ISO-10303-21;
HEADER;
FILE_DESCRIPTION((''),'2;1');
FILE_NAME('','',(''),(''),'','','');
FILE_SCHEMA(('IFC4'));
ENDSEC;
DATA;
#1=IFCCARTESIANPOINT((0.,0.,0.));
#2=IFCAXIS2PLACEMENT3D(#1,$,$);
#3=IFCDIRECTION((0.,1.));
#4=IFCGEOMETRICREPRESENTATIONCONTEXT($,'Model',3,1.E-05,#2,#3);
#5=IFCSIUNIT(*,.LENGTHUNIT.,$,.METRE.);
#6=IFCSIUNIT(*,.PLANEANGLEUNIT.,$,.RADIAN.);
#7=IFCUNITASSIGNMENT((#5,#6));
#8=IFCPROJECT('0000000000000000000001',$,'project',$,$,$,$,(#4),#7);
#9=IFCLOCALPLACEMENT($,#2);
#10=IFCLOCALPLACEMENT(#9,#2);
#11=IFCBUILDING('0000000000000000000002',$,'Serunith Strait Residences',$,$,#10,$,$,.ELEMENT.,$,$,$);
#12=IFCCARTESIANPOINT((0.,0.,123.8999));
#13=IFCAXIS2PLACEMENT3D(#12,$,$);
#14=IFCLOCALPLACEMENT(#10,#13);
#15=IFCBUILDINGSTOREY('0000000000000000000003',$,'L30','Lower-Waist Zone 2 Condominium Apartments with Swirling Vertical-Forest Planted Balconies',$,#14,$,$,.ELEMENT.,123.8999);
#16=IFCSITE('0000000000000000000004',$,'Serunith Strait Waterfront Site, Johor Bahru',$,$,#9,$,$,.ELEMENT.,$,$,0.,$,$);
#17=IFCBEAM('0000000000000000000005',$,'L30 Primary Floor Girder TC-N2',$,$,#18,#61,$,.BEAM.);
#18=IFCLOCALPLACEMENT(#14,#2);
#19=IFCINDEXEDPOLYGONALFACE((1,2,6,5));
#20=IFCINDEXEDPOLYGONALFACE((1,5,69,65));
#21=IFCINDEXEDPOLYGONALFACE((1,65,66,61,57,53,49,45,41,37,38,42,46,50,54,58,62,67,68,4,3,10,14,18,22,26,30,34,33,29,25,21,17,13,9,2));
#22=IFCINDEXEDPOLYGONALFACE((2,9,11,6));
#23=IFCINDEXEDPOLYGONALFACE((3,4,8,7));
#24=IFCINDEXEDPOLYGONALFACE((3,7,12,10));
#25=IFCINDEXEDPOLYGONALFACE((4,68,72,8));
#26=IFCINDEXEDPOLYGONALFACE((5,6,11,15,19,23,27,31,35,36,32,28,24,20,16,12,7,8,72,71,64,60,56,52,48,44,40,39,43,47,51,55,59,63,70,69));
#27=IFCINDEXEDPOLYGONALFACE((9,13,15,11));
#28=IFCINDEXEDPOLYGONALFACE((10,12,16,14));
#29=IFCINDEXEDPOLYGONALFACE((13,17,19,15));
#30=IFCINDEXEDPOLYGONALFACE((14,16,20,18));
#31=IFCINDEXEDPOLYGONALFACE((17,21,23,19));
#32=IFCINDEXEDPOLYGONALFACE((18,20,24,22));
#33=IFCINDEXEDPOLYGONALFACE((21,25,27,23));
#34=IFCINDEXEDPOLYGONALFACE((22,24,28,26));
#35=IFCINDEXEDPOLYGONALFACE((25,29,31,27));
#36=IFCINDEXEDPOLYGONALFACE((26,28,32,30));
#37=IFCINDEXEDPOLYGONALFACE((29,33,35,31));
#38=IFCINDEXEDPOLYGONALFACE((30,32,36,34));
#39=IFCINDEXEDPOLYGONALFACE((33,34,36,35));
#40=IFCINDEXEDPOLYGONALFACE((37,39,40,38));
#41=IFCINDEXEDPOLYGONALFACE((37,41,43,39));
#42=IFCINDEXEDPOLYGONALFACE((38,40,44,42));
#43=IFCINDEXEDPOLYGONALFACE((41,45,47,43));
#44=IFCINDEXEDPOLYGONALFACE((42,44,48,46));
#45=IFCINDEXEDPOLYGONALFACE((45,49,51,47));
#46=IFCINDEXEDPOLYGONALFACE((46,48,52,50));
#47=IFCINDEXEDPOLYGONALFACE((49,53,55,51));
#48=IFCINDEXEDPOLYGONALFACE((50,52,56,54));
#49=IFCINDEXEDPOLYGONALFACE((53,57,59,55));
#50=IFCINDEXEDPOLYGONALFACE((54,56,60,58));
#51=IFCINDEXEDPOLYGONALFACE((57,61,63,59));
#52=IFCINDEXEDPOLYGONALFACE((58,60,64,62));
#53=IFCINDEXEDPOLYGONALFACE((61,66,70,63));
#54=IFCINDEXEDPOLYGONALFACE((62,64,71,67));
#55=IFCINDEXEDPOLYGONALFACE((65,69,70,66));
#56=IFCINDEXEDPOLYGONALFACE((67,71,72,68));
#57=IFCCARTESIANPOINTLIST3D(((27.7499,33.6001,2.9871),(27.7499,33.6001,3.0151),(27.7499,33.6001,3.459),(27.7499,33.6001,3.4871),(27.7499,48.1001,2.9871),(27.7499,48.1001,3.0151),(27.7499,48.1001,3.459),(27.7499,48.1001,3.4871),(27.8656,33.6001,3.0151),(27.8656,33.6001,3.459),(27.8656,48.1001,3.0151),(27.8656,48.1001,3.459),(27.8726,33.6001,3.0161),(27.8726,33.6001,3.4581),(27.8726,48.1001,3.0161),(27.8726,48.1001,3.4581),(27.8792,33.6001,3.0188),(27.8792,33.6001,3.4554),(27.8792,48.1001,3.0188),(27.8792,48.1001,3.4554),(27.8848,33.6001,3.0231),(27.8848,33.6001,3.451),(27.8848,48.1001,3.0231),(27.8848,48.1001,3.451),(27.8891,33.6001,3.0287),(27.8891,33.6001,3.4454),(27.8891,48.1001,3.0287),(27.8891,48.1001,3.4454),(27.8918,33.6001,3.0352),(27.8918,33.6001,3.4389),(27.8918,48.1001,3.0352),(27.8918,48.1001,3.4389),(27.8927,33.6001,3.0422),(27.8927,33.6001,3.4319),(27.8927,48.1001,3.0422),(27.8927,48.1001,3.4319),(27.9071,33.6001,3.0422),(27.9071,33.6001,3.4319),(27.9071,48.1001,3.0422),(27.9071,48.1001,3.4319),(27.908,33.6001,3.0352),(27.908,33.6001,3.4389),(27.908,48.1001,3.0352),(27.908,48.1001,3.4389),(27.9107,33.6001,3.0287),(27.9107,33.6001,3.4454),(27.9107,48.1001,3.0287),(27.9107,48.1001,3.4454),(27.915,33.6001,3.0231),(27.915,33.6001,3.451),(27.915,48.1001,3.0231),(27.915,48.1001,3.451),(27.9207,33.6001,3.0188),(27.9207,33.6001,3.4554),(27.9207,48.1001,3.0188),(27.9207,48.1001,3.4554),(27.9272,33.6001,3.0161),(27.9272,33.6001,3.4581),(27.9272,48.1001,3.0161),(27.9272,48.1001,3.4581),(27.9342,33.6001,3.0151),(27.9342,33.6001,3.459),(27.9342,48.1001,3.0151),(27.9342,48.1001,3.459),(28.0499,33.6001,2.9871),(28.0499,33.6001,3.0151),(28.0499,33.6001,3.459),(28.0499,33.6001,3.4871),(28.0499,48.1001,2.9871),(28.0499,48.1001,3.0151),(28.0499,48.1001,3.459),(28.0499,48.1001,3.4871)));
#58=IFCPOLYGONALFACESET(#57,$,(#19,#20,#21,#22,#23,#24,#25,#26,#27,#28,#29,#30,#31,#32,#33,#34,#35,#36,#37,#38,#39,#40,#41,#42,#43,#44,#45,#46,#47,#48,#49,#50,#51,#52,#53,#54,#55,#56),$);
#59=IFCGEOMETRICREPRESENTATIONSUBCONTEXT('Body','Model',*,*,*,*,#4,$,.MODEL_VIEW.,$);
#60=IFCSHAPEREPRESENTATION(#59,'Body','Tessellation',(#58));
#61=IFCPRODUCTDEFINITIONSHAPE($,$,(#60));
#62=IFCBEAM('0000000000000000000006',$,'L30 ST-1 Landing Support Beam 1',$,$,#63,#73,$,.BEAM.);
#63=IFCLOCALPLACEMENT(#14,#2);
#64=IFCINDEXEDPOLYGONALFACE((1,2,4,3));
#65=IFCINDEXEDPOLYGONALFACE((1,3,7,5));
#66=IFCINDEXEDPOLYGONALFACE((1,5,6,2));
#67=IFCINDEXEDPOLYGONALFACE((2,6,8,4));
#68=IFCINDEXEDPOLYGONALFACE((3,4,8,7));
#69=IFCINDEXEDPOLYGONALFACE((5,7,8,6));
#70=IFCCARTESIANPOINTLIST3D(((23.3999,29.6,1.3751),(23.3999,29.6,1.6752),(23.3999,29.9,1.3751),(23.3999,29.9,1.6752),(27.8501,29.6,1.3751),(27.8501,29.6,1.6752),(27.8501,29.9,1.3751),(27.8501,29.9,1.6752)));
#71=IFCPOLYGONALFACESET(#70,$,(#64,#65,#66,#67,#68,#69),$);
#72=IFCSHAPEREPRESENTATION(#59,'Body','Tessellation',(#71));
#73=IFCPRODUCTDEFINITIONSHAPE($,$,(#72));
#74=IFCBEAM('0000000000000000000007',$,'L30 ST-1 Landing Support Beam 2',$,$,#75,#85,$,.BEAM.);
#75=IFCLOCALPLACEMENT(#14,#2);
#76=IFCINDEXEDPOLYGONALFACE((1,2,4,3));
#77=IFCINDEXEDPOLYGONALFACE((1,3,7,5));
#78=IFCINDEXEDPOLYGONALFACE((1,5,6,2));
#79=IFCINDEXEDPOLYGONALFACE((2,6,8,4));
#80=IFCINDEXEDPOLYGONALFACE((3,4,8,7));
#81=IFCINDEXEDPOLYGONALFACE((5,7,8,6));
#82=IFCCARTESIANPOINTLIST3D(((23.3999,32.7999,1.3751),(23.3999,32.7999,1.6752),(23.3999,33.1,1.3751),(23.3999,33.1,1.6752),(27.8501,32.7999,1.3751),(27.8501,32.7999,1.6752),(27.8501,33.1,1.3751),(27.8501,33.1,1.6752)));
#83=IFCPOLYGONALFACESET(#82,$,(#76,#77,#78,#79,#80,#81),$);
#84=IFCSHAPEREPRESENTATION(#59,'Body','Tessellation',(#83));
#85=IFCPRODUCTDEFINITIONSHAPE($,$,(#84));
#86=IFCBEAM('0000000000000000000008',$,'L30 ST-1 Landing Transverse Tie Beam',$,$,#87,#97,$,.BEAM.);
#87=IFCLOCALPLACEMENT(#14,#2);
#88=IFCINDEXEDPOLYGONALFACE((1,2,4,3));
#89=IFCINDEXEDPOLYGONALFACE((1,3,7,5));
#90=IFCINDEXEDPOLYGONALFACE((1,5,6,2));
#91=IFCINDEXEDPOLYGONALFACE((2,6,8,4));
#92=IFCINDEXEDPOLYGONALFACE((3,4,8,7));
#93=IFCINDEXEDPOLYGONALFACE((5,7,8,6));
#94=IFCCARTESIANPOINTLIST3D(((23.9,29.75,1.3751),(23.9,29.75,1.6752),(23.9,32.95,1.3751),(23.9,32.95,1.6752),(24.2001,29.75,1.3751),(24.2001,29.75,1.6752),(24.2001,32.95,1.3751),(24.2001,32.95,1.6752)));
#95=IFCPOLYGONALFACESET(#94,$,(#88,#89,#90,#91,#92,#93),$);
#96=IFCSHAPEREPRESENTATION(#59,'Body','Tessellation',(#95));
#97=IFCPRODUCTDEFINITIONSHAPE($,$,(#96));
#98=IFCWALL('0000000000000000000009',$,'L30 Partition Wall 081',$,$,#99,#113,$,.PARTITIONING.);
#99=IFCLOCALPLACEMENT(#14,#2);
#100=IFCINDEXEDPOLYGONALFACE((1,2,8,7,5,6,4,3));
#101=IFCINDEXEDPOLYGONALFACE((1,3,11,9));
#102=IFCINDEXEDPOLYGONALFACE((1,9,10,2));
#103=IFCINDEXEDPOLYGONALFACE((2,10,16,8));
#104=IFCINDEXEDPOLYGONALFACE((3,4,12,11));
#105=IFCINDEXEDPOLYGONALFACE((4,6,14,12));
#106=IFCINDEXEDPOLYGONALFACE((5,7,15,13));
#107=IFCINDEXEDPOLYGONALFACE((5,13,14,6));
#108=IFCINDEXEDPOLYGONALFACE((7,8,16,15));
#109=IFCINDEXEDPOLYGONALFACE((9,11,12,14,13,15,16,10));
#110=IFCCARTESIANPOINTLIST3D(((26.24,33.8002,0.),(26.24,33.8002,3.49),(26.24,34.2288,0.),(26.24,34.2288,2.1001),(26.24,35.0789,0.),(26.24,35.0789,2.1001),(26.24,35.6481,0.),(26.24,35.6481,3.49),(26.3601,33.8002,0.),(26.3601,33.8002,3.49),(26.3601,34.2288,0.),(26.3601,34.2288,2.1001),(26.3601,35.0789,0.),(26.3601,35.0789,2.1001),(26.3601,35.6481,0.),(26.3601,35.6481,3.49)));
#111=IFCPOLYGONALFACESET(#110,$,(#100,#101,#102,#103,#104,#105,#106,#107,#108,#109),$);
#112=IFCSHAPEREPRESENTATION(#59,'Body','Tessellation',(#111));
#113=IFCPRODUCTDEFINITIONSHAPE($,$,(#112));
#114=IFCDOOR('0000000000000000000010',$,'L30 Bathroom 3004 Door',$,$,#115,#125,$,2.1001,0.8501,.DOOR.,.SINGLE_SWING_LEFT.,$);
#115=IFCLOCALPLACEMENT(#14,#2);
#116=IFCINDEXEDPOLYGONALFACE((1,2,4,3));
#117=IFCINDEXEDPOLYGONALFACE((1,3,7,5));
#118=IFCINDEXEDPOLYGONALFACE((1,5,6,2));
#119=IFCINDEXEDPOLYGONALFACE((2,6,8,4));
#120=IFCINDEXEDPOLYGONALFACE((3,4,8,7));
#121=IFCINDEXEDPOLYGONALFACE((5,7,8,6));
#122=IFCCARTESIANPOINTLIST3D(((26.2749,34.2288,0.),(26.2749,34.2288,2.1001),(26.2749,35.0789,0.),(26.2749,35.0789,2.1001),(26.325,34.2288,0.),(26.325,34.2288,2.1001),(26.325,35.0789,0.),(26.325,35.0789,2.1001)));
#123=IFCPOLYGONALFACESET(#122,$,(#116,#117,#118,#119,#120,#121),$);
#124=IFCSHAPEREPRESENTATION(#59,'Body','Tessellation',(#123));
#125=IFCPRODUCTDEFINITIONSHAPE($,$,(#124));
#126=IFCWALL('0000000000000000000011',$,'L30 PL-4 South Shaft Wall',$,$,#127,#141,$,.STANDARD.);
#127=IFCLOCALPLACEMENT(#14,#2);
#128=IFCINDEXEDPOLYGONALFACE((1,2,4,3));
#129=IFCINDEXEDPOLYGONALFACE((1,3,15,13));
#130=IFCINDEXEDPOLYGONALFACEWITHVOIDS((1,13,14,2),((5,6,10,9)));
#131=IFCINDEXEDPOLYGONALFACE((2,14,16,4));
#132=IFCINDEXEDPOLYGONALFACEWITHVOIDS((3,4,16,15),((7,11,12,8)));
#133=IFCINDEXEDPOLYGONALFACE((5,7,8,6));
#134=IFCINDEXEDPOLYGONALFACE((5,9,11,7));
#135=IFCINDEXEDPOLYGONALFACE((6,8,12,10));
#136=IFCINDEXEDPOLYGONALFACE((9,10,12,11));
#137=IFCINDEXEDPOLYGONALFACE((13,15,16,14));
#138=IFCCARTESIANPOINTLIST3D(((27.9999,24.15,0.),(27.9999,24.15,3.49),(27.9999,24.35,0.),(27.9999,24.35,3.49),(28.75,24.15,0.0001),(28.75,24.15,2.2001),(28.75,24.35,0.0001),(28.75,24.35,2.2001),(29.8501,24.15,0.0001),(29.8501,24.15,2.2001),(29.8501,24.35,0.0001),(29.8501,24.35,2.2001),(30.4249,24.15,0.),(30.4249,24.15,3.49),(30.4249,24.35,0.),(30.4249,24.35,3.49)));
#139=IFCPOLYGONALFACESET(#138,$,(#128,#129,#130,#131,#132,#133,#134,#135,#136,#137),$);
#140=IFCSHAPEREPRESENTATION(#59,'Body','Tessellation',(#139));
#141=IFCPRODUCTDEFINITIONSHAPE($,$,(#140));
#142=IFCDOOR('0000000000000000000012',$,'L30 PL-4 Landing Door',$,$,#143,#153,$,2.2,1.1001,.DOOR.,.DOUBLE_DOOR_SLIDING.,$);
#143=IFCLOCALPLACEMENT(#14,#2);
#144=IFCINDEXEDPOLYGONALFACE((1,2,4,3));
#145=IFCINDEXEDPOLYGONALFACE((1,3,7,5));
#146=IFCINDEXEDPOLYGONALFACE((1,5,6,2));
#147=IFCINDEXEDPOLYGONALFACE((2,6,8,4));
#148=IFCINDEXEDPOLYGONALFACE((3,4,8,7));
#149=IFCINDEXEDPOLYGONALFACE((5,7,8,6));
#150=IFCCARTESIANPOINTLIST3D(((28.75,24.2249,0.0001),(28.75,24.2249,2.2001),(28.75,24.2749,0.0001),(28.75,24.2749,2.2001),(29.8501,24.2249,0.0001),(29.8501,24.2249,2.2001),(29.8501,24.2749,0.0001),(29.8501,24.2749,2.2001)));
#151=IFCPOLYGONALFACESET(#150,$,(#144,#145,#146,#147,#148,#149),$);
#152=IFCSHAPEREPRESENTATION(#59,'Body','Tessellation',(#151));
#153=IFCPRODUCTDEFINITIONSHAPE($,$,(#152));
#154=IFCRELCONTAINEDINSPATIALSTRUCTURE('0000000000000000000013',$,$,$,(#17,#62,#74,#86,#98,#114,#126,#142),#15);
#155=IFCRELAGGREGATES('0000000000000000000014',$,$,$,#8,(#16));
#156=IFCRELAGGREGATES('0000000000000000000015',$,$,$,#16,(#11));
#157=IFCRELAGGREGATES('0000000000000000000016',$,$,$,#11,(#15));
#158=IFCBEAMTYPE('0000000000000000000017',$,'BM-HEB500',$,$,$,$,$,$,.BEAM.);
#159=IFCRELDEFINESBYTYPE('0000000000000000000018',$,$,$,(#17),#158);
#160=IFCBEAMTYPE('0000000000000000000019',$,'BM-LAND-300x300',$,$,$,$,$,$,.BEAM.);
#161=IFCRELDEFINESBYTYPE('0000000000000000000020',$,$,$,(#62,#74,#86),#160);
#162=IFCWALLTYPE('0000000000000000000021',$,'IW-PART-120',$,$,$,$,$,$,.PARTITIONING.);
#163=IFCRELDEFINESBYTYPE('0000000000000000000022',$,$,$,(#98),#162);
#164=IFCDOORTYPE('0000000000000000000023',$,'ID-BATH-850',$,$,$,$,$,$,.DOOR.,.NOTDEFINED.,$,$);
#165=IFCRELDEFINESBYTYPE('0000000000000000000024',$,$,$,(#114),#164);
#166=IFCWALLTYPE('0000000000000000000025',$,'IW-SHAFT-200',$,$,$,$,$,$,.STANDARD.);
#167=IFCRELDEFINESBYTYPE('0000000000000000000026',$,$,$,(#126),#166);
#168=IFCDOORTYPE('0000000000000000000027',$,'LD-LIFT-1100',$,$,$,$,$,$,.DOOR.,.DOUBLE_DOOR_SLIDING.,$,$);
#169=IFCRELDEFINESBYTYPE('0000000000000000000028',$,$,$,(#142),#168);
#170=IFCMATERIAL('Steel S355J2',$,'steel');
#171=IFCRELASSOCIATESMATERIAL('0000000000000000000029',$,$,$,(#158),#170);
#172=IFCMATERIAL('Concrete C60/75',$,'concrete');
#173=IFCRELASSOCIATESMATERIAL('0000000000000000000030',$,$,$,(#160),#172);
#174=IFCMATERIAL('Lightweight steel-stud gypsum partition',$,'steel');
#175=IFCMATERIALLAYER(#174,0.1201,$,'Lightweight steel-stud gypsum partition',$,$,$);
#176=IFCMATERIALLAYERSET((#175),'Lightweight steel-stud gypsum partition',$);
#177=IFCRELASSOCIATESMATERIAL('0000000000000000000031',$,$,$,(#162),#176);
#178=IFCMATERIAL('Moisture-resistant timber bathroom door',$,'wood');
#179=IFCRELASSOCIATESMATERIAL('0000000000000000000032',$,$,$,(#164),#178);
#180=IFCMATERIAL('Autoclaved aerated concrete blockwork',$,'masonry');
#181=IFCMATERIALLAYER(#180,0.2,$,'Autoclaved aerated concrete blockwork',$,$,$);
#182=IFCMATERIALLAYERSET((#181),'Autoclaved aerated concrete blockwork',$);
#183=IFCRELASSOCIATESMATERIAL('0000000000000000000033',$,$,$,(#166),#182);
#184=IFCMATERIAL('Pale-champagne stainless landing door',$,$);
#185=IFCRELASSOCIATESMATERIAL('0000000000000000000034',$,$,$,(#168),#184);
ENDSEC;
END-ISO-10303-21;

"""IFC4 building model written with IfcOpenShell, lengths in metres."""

from ifc_helpers import new_model, si_unit, direction, frame, frame_2d, origin, origin_2d, place, context, subcontext, project, spatial, rectangle, i_section, extrude, source, transform, mapped, material, layer, layer_set, material_profile, profile_set, type_object, element, fill, save


model = new_model("IFC4")

# Units and contexts
model_context = context("Model", 3, precision=1e-05, world=origin(), true_north=direction((0.0, 1.0)))
body_context = subcontext(model_context, "Body", "Model", "MODEL_VIEW")
ifc_project = project(units=[si_unit("LENGTHUNIT", "METRE"), si_unit("PLANEANGLEUNIT", "RADIAN")], contexts=[model_context])

# Site, building, storey
site_placement = place(None, origin())
site = spatial("IfcSite", under=ifc_project, at=site_placement, Name="Serunith Strait Waterfront Site, Johor Bahru", CompositionType="ELEMENT", RefElevation=0.0)
building_placement = place(site_placement, origin())
building = spatial("IfcBuilding", under=site, at=building_placement, Name="Serunith Strait Residences", CompositionType="ELEMENT")
storey_placement = place(building_placement, frame((0.0, 0.0, 123.8999)))
storey = spatial("IfcBuildingStorey", under=building, at=storey_placement, Name="L30", Description="Lower-Waist Zone 2 Condominium Apartments with Swirling Vertical-Forest Planted Balconies", CompositionType="ELEMENT", Elevation=123.8999)

# Beams
ifc_material_1 = material(Name="Steel S355J2", Category="steel")
ifc_material_profile_1 = material_profile(ifc_material_1, i_section(OverallWidth=0.3, OverallDepth=0.5, WebThickness=0.0144, FlangeThickness=0.0281, FilletRadius=0.0271, at=origin_2d()), Name="HEB 500")
ifc_profile_set_1 = profile_set([ifc_material_profile_1], Name="Steel S355J2")
beam_type_1 = type_object("IfcBeamType", Name="BM-HEB500", PredefinedType="BEAM", material=ifc_profile_set_1)
shared_shape_1 = source(origin(), body_context, "Body", "SweptSolid", [
    extrude(i_section(OverallWidth=0.3, OverallDepth=0.5, WebThickness=0.0144, FlangeThickness=0.0281, FilletRadius=0.0271, at=origin_2d()), origin(), (0.0, 0.0, 1.0), 14.5),
])
beam_1_placement = place(storey_placement, frame((27.8999, 33.6001, 3.2371), z_axis=(0.0, 1.0, 0.0), x_axis=(-1.0, 0.0, 0.0)))
element("IfcBeam", 1, at=beam_1_placement, inside=storey, type_object=beam_type_1, Name="L30 Primary Floor Girder TC-N2", PredefinedType="BEAM", context=body_context, shape_type="MappedRepresentation", body=[
    mapped(shared_shape_1, transform((0.0, 0.0, 0.0), scale=1.0)),
])
ifc_material_2 = material(Name="Concrete C60/75", Category="concrete")
ifc_material_profile_2 = material_profile(ifc_material_2, rectangle(XDim=0.3, YDim=0.3, at=origin_2d()), Name="RC 300x300")
ifc_profile_set_2 = profile_set([ifc_material_profile_2], Name="Concrete C60/75")
beam_type_2 = type_object("IfcBeamType", Name="BM-LAND-300x300", PredefinedType="BEAM", material=ifc_profile_set_2)
shared_shape_2 = source(origin(), body_context, "Body", "SweptSolid", [
    extrude(rectangle(XDim=0.3, YDim=0.3, at=origin_2d()), origin(), (0.0, 0.0, 1.0), 4.4502),
])
for number, where, z_axis, x_axis, name in (
    (2, (23.3999, 29.75, 1.5251), (1.0, 0.0, 0.0), (0.0, 1.0, 0.0), "L30 ST-1 Landing Support Beam 1"),
    (3, (23.3999, 32.95, 1.5251), (1.0, 0.0, 0.0), (0.0, 1.0, 0.0), "L30 ST-1 Landing Support Beam 2"),
):
    element("IfcBeam", number, at=place(storey_placement, frame(where, z_axis=z_axis, x_axis=x_axis)), inside=storey, type_object=beam_type_2, Name=name, PredefinedType="BEAM", context=body_context, shape_type="MappedRepresentation", body=[
        mapped(shared_shape_2, transform((0.0, 0.0, 0.0), scale=1.0)),
    ])
shared_shape_3 = source(origin(), body_context, "Body", "SweptSolid", [
    extrude(rectangle(XDim=0.3, YDim=0.3, at=origin_2d()), origin(), (0.0, 0.0, 1.0), 3.2),
])
beam_2_placement = place(storey_placement, frame((24.05, 29.75, 1.5251), z_axis=(0.0, 1.0, 0.0), x_axis=(-1.0, 0.0, 0.0)))
element("IfcBeam", 4, at=beam_2_placement, inside=storey, type_object=beam_type_2, Name="L30 ST-1 Landing Transverse Tie Beam", PredefinedType="BEAM", context=body_context, shape_type="MappedRepresentation", body=[
    mapped(shared_shape_3, transform((0.0, 0.0, 0.0), scale=1.0)),
])

# Walls, openings, doors
ifc_material_3 = material(Name="Lightweight steel-stud gypsum partition", Category="steel")
ifc_layer_1 = layer(ifc_material_3, 0.1201, Name="Lightweight steel-stud gypsum partition")
ifc_layer_set_1 = layer_set([ifc_layer_1], Name="Lightweight steel-stud gypsum partition")
wall_type_1 = type_object("IfcWallType", Name="IW-PART-120", PredefinedType="PARTITIONING", material=ifc_layer_set_1)
wall_1_placement = place(storey_placement, frame((26.3, 35.6479, 0.0), z_axis=(0.0, 0.0, 1.0), x_axis=(0.0, -1.0, 0.0)))
wall_1 = element("IfcWall", 5, at=wall_1_placement, inside=storey, type_object=wall_type_1, Name="L30 Partition Wall 081", PredefinedType="PARTITIONING", context=body_context, shape_type="SweptSolid", body=[
    extrude(rectangle(XDim=1.8479, YDim=0.1201, at=frame_2d((0.9238, 0.0))), origin(), (0.0, 0.0, 1.0), 3.49),
])
opening_1_placement = place(wall_1_placement, frame((0.5691, 0.0, 0.0)))
opening_1 = element("IfcOpeningElement", 6, at=opening_1_placement, cuts=wall_1, PredefinedType="OPENING", context=body_context, shape_type="SweptSolid", body=[
    extrude(rectangle(XDim=0.8501, YDim=2.1001, at=frame_2d((0.425, 1.05))), frame((0.0, 0.0701, 0.0), z_axis=(0.0, -1.0, 0.0), x_axis=(1.0, 0.0, 0.0)), (0.0, 0.0, 1.0), 0.1401),
])
ifc_material_4 = material(Name="Moisture-resistant timber bathroom door", Category="wood")
door_type_1 = type_object("IfcDoorType", Name="ID-BATH-850", OperationType="NOTDEFINED", PredefinedType="DOOR", material=ifc_material_4)
shared_shape_4 = source(origin(), body_context, "Body", "SweptSolid", [
    extrude(rectangle(XDim=0.8501, YDim=2.1001, at=frame_2d((0.425, 1.05))), frame((0.0, 0.0249, 0.0), z_axis=(0.0, -1.0, 0.0), x_axis=(1.0, 0.0, 0.0)), (0.0, 0.0, 1.0), 0.05),
])
door_1_placement = place(opening_1_placement, origin())
door_1 = element("IfcDoor", 7, at=door_1_placement, inside=storey, type_object=door_type_1, Name="L30 Bathroom 3004 Door", OperationType="SINGLE_SWING_LEFT", OverallHeight=2.1001, OverallWidth=0.8501, PredefinedType="DOOR", context=body_context, shape_type="MappedRepresentation", body=[
    mapped(shared_shape_4, transform((0.0, 0.0, 0.0), scale=1.0)),
])
fill(opening_1, door_1)
ifc_material_5 = material(Name="Autoclaved aerated concrete blockwork", Category="masonry")
ifc_layer_2 = layer(ifc_material_5, 0.2, Name="Autoclaved aerated concrete blockwork")
ifc_layer_set_2 = layer_set([ifc_layer_2], Name="Autoclaved aerated concrete blockwork")
wall_type_2 = type_object("IfcWallType", Name="IW-SHAFT-200", PredefinedType="STANDARD", material=ifc_layer_set_2)
wall_2_placement = place(storey_placement, frame((28.0, 24.25, 0.0), z_axis=(0.0, 0.0, 1.0), x_axis=(1.0, 0.0, 0.0)))
wall_2 = element("IfcWall", 8, at=wall_2_placement, inside=storey, type_object=wall_type_2, Name="L30 PL-4 South Shaft Wall", PredefinedType="STANDARD", context=body_context, shape_type="SweptSolid", body=[
    extrude(rectangle(XDim=2.425, YDim=0.2, at=frame_2d((1.2124, 0.0))), origin(), (0.0, 0.0, 1.0), 3.49),
])
opening_2_placement = place(wall_2_placement, frame((0.75, 0.0, 0.0)))
opening_2 = element("IfcOpeningElement", 9, at=opening_2_placement, cuts=wall_2, PredefinedType="OPENING", context=body_context, shape_type="SweptSolid", body=[
    extrude(rectangle(XDim=1.1001, YDim=2.2, at=frame_2d((0.55, 1.1001))), frame((0.0, 0.1099, 0.0), z_axis=(0.0, -1.0, 0.0), x_axis=(1.0, 0.0, 0.0)), (0.0, 0.0, 1.0), 0.22),
])
ifc_material_6 = material(Name="Pale-champagne stainless landing door")
door_type_2 = type_object("IfcDoorType", Name="LD-LIFT-1100", OperationType="DOUBLE_DOOR_SLIDING", PredefinedType="DOOR", material=ifc_material_6)
shared_shape_5 = source(origin(), body_context, "Body", "SweptSolid", [
    extrude(rectangle(XDim=1.1001, YDim=2.2, at=frame_2d((0.55, 1.1001))), frame((0.0, 0.0249, 0.0), z_axis=(0.0, -1.0, 0.0), x_axis=(1.0, 0.0, 0.0)), (0.0, 0.0, 1.0), 0.05),
])
door_2_placement = place(opening_2_placement, origin())
door_2 = element("IfcDoor", 10, at=door_2_placement, inside=storey, type_object=door_type_2, Name="L30 PL-4 Landing Door", OperationType="DOUBLE_DOOR_SLIDING", OverallHeight=2.2, OverallWidth=1.1001, PredefinedType="DOOR", context=body_context, shape_type="MappedRepresentation", body=[
    mapped(shared_shape_5, transform((0.0, 0.0, 0.0), scale=1.0)),
])
fill(opening_2, door_2)

save(model, "model.ifc")
